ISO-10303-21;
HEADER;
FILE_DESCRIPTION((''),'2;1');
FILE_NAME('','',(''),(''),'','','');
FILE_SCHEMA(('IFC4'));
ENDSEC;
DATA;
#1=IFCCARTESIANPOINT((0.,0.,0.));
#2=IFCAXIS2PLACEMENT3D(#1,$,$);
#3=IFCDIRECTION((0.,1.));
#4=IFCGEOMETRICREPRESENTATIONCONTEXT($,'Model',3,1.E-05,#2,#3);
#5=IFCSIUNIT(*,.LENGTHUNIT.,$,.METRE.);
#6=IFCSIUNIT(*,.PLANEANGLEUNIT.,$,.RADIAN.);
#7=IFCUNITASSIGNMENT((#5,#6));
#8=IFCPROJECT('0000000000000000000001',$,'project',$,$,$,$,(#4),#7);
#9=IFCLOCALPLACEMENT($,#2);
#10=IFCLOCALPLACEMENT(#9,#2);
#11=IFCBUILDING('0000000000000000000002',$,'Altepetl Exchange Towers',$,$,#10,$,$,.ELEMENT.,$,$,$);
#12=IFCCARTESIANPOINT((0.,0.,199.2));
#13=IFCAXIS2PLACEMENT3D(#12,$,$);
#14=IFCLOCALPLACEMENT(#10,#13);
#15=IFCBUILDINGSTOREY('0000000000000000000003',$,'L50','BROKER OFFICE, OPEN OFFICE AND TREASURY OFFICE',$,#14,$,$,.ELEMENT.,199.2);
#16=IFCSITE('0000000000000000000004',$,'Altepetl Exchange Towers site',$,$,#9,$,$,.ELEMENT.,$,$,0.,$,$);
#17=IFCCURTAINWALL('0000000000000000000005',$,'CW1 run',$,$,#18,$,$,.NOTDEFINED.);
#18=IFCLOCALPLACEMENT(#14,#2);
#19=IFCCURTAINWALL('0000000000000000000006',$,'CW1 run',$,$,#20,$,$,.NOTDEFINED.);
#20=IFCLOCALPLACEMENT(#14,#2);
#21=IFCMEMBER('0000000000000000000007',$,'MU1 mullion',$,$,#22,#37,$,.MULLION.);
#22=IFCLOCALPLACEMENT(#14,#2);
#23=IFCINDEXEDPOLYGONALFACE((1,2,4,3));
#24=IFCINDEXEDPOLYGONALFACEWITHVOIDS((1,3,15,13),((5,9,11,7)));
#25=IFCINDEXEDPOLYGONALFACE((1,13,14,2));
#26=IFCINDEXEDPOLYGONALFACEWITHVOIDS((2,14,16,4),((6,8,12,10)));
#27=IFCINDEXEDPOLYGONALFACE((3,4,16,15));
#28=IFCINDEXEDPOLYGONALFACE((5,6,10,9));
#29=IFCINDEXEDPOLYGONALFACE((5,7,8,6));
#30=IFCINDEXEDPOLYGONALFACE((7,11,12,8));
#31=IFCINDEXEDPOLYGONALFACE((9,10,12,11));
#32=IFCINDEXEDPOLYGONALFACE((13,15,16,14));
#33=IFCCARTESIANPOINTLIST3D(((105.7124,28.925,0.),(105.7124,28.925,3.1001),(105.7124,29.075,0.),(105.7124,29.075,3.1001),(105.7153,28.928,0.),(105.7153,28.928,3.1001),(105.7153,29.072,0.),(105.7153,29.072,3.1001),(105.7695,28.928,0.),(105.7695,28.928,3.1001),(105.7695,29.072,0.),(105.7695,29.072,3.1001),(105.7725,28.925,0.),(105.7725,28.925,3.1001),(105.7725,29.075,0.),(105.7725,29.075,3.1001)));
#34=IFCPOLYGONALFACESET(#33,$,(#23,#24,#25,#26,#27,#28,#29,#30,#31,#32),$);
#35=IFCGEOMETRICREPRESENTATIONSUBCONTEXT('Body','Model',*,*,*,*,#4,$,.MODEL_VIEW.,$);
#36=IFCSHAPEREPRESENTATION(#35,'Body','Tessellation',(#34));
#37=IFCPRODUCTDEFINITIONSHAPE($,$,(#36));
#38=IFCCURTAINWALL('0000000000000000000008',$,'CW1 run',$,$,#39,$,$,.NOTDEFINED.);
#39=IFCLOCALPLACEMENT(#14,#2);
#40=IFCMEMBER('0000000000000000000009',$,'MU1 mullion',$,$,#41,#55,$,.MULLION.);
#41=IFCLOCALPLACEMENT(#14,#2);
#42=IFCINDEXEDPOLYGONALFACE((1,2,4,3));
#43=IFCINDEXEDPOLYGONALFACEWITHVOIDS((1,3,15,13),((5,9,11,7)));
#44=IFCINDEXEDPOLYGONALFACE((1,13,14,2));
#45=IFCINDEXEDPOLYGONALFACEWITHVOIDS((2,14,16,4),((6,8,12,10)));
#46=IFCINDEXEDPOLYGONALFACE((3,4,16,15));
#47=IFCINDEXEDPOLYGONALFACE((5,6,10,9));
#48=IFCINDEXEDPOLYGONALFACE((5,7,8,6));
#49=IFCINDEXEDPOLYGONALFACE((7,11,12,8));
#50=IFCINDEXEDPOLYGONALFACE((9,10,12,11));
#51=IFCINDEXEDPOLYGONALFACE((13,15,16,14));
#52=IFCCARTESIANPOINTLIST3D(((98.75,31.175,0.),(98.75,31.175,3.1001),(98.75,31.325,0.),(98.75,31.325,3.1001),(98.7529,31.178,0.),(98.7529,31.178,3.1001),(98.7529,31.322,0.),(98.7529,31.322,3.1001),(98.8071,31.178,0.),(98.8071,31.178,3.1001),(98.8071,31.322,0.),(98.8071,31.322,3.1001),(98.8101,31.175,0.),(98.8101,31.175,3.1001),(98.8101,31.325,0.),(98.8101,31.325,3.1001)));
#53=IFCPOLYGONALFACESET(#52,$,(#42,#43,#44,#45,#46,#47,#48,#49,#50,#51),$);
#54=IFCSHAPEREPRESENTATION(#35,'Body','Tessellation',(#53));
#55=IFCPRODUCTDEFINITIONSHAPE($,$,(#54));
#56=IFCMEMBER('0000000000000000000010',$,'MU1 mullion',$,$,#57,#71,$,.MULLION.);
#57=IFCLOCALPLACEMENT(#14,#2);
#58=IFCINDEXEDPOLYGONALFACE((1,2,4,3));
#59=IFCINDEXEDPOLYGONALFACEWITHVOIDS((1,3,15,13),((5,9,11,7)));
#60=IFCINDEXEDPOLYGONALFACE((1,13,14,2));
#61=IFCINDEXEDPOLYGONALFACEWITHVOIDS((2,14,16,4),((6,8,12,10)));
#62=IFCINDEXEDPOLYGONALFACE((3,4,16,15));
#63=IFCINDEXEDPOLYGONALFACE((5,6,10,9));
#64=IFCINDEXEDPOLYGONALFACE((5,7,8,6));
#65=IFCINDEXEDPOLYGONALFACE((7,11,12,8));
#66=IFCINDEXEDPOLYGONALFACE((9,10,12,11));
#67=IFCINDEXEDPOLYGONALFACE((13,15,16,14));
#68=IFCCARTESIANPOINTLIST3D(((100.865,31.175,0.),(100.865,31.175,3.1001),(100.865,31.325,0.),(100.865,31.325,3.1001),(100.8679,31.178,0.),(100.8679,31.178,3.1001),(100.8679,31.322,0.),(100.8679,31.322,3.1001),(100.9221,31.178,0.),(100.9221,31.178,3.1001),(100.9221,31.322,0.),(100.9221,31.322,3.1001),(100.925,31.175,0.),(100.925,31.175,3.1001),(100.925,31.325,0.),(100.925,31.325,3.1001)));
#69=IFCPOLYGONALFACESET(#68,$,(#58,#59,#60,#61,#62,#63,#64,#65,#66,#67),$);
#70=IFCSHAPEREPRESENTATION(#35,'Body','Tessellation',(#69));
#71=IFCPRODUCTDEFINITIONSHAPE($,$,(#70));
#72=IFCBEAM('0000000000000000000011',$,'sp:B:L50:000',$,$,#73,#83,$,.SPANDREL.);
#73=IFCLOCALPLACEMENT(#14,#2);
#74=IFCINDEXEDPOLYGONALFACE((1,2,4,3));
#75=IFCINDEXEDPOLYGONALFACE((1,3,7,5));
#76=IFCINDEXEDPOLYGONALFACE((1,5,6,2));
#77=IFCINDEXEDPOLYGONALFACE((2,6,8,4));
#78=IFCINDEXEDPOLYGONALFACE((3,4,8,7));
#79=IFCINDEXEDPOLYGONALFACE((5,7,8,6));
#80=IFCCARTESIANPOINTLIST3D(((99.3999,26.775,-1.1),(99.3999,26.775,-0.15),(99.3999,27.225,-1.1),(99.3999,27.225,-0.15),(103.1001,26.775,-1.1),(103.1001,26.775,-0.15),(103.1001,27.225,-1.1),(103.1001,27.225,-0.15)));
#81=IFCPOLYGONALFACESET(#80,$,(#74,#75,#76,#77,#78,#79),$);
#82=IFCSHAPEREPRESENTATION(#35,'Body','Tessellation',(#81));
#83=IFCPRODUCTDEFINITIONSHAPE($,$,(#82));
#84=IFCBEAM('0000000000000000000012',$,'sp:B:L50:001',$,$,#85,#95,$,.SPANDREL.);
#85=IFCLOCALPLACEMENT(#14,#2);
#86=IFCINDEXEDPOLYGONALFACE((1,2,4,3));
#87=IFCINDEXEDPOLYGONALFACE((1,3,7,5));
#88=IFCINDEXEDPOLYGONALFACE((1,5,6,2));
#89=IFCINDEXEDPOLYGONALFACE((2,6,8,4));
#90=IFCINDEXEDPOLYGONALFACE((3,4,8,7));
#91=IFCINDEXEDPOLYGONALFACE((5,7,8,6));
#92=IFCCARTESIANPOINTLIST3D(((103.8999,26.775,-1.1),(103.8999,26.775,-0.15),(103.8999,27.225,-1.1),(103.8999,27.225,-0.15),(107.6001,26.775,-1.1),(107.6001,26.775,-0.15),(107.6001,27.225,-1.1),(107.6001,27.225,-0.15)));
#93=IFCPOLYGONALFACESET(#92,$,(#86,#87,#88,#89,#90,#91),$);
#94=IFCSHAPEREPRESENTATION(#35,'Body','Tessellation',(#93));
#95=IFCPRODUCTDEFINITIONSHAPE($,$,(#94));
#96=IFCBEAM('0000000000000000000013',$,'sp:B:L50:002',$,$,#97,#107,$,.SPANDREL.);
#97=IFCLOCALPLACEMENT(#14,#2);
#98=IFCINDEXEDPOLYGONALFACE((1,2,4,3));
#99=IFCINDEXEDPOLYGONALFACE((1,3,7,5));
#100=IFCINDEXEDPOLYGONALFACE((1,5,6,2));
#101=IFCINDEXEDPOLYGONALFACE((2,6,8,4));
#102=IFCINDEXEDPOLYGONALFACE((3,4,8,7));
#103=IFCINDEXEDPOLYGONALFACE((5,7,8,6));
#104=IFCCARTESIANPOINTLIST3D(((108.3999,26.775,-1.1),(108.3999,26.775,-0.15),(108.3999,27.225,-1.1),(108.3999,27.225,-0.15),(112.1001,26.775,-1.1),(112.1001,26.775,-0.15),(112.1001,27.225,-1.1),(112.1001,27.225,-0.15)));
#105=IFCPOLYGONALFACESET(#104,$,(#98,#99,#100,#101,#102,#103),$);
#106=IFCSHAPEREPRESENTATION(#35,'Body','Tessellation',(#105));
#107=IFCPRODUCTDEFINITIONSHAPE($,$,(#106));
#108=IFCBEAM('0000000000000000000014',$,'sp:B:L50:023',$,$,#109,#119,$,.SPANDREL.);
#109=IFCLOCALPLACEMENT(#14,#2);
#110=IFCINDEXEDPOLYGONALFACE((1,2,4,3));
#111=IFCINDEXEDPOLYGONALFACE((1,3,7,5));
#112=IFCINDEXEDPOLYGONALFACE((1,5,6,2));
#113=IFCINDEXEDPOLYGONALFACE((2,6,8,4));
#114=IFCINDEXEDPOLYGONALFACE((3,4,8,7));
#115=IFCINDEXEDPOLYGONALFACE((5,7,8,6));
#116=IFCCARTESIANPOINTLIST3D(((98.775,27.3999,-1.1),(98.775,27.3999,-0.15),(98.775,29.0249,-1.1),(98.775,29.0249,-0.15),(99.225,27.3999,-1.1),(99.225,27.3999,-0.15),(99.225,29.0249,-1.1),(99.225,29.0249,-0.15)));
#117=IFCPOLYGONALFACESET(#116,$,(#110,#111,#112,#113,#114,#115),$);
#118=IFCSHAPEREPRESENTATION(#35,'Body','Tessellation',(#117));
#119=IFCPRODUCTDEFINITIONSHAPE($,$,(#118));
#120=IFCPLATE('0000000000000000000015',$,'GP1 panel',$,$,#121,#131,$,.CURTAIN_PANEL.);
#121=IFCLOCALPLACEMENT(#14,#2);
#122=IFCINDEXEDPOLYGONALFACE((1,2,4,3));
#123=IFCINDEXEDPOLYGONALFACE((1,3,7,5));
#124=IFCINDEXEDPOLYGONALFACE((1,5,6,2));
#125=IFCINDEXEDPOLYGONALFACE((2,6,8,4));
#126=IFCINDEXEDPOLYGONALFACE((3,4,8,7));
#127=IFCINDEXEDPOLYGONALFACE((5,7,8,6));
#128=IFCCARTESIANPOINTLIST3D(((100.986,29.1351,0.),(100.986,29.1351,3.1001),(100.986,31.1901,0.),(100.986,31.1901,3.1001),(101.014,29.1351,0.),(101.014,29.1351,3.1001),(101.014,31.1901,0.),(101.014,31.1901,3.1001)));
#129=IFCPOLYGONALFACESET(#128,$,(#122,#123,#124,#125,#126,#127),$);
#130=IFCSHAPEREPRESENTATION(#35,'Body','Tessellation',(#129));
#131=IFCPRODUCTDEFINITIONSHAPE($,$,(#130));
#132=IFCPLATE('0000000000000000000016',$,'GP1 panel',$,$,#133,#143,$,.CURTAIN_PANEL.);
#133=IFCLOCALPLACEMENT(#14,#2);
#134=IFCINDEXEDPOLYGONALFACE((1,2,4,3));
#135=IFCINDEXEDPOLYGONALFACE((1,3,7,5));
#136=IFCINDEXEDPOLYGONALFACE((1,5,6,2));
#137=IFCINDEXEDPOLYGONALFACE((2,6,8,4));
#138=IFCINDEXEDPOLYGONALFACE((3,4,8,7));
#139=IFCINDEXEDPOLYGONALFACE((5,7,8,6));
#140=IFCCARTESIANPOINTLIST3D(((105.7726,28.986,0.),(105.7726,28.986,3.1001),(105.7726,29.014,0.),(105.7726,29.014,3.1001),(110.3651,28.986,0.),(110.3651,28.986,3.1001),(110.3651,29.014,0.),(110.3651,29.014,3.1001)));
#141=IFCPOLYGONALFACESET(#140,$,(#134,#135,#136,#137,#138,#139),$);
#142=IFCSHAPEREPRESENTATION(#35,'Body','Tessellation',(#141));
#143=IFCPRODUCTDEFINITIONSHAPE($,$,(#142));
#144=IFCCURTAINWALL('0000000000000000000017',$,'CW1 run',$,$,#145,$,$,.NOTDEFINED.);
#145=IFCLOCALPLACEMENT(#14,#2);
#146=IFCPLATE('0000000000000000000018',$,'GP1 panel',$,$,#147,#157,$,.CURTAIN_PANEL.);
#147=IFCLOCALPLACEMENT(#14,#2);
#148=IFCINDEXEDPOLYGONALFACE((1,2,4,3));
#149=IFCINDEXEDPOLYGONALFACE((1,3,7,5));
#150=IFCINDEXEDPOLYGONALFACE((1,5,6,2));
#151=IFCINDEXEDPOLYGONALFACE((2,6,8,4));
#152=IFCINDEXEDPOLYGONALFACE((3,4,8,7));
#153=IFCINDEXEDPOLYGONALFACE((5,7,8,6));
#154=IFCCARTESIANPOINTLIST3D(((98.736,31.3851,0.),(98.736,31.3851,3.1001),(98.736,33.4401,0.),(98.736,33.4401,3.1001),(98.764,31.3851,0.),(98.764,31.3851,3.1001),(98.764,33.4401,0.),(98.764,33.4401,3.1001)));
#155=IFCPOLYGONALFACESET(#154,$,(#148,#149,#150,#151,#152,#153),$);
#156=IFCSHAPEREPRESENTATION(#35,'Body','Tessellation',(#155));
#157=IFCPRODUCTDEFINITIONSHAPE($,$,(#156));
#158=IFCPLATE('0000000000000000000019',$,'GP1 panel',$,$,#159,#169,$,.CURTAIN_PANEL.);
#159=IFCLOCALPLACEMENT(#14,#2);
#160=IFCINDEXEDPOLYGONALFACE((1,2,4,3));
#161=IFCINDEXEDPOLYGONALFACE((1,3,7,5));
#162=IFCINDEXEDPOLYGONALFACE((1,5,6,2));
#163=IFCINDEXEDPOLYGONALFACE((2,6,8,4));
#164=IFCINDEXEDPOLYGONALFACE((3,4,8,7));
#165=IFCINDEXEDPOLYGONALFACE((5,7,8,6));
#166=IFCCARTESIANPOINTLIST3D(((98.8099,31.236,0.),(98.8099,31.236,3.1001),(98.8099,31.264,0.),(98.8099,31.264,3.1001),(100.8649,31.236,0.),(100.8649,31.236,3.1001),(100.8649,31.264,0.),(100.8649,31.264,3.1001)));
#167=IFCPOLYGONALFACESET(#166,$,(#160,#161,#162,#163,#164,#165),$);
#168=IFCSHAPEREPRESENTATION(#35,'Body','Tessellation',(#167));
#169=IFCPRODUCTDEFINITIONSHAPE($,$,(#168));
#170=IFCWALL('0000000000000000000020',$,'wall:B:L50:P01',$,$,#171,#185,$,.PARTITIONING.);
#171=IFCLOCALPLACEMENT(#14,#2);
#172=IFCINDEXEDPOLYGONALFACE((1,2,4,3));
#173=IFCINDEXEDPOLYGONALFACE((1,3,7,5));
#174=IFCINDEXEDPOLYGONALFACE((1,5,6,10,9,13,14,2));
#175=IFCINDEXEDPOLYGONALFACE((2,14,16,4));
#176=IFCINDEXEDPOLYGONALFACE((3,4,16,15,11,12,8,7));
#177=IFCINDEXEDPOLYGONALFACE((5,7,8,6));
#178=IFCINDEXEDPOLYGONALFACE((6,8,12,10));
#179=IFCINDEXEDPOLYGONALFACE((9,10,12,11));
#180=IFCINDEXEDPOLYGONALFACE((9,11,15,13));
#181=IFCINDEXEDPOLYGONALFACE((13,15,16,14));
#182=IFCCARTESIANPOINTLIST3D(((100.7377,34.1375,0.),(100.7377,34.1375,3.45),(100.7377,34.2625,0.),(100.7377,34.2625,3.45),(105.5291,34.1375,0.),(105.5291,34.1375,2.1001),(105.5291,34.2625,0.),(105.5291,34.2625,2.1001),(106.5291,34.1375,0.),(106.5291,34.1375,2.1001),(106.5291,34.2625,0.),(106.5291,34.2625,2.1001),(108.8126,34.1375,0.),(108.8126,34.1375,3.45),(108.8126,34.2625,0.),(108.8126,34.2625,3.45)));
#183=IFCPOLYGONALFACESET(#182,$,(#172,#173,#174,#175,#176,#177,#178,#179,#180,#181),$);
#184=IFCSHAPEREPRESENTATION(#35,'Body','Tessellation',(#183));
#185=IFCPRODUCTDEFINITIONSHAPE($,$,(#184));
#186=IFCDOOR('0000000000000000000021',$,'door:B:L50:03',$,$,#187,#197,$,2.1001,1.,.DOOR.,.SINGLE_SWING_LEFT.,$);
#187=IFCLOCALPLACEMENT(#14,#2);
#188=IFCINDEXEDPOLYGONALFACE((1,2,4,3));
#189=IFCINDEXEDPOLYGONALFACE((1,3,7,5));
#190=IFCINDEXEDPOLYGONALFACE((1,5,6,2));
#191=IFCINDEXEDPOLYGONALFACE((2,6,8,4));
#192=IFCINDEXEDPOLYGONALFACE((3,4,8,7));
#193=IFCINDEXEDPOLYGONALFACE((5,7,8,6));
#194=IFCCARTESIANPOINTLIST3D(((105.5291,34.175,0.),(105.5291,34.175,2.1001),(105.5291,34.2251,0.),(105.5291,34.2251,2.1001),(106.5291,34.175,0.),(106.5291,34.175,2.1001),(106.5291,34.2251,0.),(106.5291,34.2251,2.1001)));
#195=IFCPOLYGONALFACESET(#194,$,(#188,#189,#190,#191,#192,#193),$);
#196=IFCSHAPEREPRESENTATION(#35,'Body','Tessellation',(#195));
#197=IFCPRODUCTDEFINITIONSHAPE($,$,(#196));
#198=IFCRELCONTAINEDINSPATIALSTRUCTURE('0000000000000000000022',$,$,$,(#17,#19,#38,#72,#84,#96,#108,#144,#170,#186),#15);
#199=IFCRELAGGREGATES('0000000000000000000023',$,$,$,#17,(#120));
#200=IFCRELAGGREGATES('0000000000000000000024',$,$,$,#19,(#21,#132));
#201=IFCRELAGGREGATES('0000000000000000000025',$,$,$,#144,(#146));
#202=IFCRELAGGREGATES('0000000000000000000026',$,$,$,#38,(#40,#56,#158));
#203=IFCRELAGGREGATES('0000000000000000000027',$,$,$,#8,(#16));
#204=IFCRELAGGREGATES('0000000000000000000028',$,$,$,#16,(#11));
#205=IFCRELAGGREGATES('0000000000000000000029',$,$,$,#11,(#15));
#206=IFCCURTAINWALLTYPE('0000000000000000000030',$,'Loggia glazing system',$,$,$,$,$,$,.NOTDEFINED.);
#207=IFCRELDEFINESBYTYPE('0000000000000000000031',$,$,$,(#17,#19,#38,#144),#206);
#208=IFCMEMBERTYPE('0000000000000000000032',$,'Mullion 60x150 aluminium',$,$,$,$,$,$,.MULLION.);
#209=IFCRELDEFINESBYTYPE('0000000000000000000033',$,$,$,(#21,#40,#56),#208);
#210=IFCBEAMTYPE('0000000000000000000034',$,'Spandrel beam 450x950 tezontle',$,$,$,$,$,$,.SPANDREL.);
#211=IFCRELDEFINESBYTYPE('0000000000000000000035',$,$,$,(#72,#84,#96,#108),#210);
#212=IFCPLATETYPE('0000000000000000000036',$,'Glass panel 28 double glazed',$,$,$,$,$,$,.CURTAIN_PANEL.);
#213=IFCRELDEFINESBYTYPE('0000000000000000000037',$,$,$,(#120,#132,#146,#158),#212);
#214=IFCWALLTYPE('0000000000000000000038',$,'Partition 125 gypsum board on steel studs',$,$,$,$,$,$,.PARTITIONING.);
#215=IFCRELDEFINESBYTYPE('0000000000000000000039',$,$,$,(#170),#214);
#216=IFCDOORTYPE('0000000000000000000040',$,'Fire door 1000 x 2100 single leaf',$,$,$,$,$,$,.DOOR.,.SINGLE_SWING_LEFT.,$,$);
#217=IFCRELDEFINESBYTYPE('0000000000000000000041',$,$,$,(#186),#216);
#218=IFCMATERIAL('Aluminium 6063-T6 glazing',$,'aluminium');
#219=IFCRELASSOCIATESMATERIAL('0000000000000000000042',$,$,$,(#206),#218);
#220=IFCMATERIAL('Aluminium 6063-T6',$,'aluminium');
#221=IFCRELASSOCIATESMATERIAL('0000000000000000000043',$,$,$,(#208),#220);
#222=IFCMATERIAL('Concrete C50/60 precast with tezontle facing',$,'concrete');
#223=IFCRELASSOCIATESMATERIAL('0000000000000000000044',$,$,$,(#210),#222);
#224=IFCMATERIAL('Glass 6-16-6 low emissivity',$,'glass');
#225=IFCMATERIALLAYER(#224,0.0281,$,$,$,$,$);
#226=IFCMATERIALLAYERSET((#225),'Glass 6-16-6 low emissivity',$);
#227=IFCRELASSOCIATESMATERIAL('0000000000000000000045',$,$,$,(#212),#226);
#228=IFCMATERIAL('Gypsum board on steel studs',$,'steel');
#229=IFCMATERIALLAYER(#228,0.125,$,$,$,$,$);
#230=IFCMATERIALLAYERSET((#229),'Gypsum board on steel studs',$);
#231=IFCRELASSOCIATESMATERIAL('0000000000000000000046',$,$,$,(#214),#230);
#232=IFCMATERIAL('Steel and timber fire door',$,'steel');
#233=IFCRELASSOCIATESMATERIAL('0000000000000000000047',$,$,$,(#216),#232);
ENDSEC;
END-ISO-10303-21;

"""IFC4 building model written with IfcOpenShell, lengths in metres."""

from ifc_helpers import new_model, si_unit, direction, frame, frame_2d, origin, origin_2d, place, context, subcontext, project, spatial, rectangle, hollow_rectangle, extrude, material, layer, layer_set, material_profile, profile_set, type_object, element, fill, aggregate, save


model = new_model("IFC4")

# Units and contexts
model_context = context("Model", 3, precision=1e-05, world=origin(), true_north=direction((0.0, 1.0)))
body_context = subcontext(model_context, "Body", "Model", "MODEL_VIEW")
ifc_project = project(units=[si_unit("LENGTHUNIT", "METRE"), si_unit("PLANEANGLEUNIT", "RADIAN")], contexts=[model_context])

# Site, building, storey
site_placement = place(None, origin())
site = spatial("IfcSite", under=ifc_project, at=site_placement, Name="Altepetl Exchange Towers site", CompositionType="ELEMENT", RefElevation=0.0)
building_placement = place(site_placement, origin())
building = spatial("IfcBuilding", under=site, at=building_placement, Name="Altepetl Exchange Towers", CompositionType="ELEMENT")
storey_placement = place(building_placement, frame((0.0, 0.0, 199.2)))
storey = spatial("IfcBuildingStorey", under=building, at=storey_placement, Name="L50", Description="BROKER OFFICE, OPEN OFFICE AND TREASURY OFFICE", CompositionType="ELEMENT", Elevation=199.2)

# Curtain wall
ifc_material_1 = material(Name="Aluminium 6063-T6 glazing", Category="aluminium")
curtain_wall_type = type_object("IfcCurtainWallType", Name="Loggia glazing system", PredefinedType="NOTDEFINED", material=ifc_material_1)
curtain_wall_1_placement = place(storey_placement, origin())
curtain_wall_1 = element("IfcCurtainWall", 1, at=curtain_wall_1_placement, inside=storey, type_object=curtain_wall_type, Name="CW1 run", PredefinedType="NOTDEFINED")
ifc_material_2 = material(Name="Aluminium 6063-T6", Category="aluminium")
ifc_material_profile_1 = material_profile(ifc_material_2, hollow_rectangle(XDim=0.0601, YDim=0.1499, WallThickness=0.0029, at=origin_2d()), Name="Mullion 60x150 aluminium")
ifc_profile_set_1 = profile_set([ifc_material_profile_1], Name="Aluminium 6063-T6")
member_type = type_object("IfcMemberType", Name="Mullion 60x150 aluminium", PredefinedType="MULLION", material=ifc_profile_set_1)

# Curtain wall, member
curtain_wall_2_placement = place(storey_placement, origin())
curtain_wall_2 = element("IfcCurtainWall", 2, at=curtain_wall_2_placement, inside=storey, type_object=curtain_wall_type, Name="CW1 run", PredefinedType="NOTDEFINED")
member_1_placement = place(storey_placement, frame((105.7424, 29.0, 0.0)))
member_1 = element("IfcMember", 3, at=member_1_placement, type_object=member_type, Name="MU1 mullion", PredefinedType="MULLION", context=body_context, shape_type="SweptSolid", body=[
    extrude(hollow_rectangle(XDim=0.0601, YDim=0.1499, WallThickness=0.0029, at=origin_2d()), origin(), (0.0, 0.0, 1.0), 3.1001),
])

# Curtain wall, members
curtain_wall_3_placement = place(storey_placement, origin())
curtain_wall_3 = element("IfcCurtainWall", 4, at=curtain_wall_3_placement, inside=storey, type_object=curtain_wall_type, Name="CW1 run", PredefinedType="NOTDEFINED")
member_2_placement = place(storey_placement, frame((98.78, 31.25, 0.0)))
member_2 = element("IfcMember", 5, at=member_2_placement, type_object=member_type, Name="MU1 mullion", PredefinedType="MULLION", context=body_context, shape_type="SweptSolid", body=[
    extrude(hollow_rectangle(XDim=0.0601, YDim=0.1499, WallThickness=0.0029, at=origin_2d()), origin(), (0.0, 0.0, 1.0), 3.1001),
])
member_3_placement = place(storey_placement, frame((100.895, 31.25, 0.0)))
member_3 = element("IfcMember", 6, at=member_3_placement, type_object=member_type, Name="MU1 mullion", PredefinedType="MULLION", context=body_context, shape_type="SweptSolid", body=[
    extrude(hollow_rectangle(XDim=0.0601, YDim=0.1499, WallThickness=0.0029, at=origin_2d()), origin(), (0.0, 0.0, 1.0), 3.1001),
])

# Beams
ifc_material_3 = material(Name="Concrete C50/60 precast with tezontle facing", Category="concrete")
ifc_material_profile_2 = material_profile(ifc_material_3, rectangle(XDim=0.45, YDim=0.95, at=origin_2d()), Name="450 x 950")
ifc_profile_set_2 = profile_set([ifc_material_profile_2], Name="Concrete C50/60 precast with tezontle facing")
beam_type_1 = type_object("IfcBeamType", Name="Spandrel beam 450x950 tezontle", PredefinedType="SPANDREL", material=ifc_profile_set_2)
for number, where, z_axis, x_axis, name in (
    (7, (99.3999, 27.0, -0.625), (1.0, 0.0, 0.0), (0.0, 1.0, 0.0), "sp:B:L50:000"),
    (8, (103.8999, 27.0, -0.625), (1.0, 0.0, 0.0), (0.0, 1.0, 0.0), "sp:B:L50:001"),
    (9, (108.3999, 27.0, -0.625), (1.0, 0.0, 0.0), (0.0, 1.0, 0.0), "sp:B:L50:002"),
):
    element("IfcBeam", number, at=place(storey_placement, frame(where, z_axis=z_axis, x_axis=x_axis)), inside=storey, type_object=beam_type_1, Name=name, PredefinedType="SPANDREL", context=body_context, shape_type="SweptSolid", body=[
        extrude(rectangle(XDim=0.45, YDim=0.95, at=origin_2d()), origin(), (0.0, 0.0, 1.0), 3.7002),
    ])
beam_1_placement = place(storey_placement, frame((99.0, 29.0249, -0.625), z_axis=(0.0, -1.0, 0.0), x_axis=(1.0, 0.0, 0.0)))
element("IfcBeam", 10, at=beam_1_placement, inside=storey, type_object=beam_type_1, Name="sp:B:L50:023", PredefinedType="SPANDREL", context=body_context, shape_type="SweptSolid", body=[
    extrude(rectangle(XDim=0.45, YDim=0.95, at=origin_2d()), origin(), (0.0, 0.0, 1.0), 1.625),
])

# Plates
ifc_material_4 = material(Name="Glass 6-16-6 low emissivity", Category="glass")
ifc_layer_1 = layer(ifc_material_4, 0.0281)
ifc_layer_set_1 = layer_set([ifc_layer_1], Name="Glass 6-16-6 low emissivity")
plate_type = type_object("IfcPlateType", Name="Glass panel 28 double glazed", PredefinedType="CURTAIN_PANEL", material=ifc_layer_set_1)
plate_1_placement = place(storey_placement, frame((101.0, 30.1626, 0.0), z_axis=(0.0, 0.0, 1.0), x_axis=(0.0, -1.0, 0.0)))
plate_1 = element("IfcPlate", 11, at=plate_1_placement, type_object=plate_type, Name="GP1 panel", PredefinedType="CURTAIN_PANEL", context=body_context, shape_type="SweptSolid", body=[
    extrude(rectangle(XDim=2.0549, YDim=0.0281, at=origin_2d()), origin(), (0.0, 0.0, 1.0), 3.1001),
])
aggregate(curtain_wall_1, [plate_1])
plate_2_placement = place(storey_placement, frame((108.0688, 29.0, 0.0)))
plate_2 = element("IfcPlate", 12, at=plate_2_placement, type_object=plate_type, Name="GP1 panel", PredefinedType="CURTAIN_PANEL", context=body_context, shape_type="SweptSolid", body=[
    extrude(rectangle(XDim=4.5925, YDim=0.0281, at=origin_2d()), origin(), (0.0, 0.0, 1.0), 3.1001),
])
aggregate(curtain_wall_2, [member_1, plate_2])

# Curtain wall, plate
curtain_wall_4_placement = place(storey_placement, origin())
curtain_wall_4 = element("IfcCurtainWall", 13, at=curtain_wall_4_placement, inside=storey, type_object=curtain_wall_type, Name="CW1 run", PredefinedType="NOTDEFINED")
plate_3_placement = place(storey_placement, frame((98.75, 32.4126, 0.0), z_axis=(0.0, 0.0, 1.0), x_axis=(0.0, -1.0, 0.0)))
plate_3 = element("IfcPlate", 14, at=plate_3_placement, type_object=plate_type, Name="GP1 panel", PredefinedType="CURTAIN_PANEL", context=body_context, shape_type="SweptSolid", body=[
    extrude(rectangle(XDim=2.0549, YDim=0.0281, at=origin_2d()), origin(), (0.0, 0.0, 1.0), 3.1001),
])
aggregate(curtain_wall_4, [plate_3])

# Plate
plate_4_placement = place(storey_placement, frame((99.8374, 31.25, 0.0)))
plate_4 = element("IfcPlate", 15, at=plate_4_placement, type_object=plate_type, Name="GP1 panel", PredefinedType="CURTAIN_PANEL", context=body_context, shape_type="SweptSolid", body=[
    extrude(rectangle(XDim=2.0549, YDim=0.0281, at=origin_2d()), origin(), (0.0, 0.0, 1.0), 3.1001),
])
aggregate(curtain_wall_3, [member_2, member_3, plate_4])

# Wall, opening, door
ifc_material_5 = material(Name="Gypsum board on steel studs", Category="steel")
ifc_layer_2 = layer(ifc_material_5, 0.125)
ifc_layer_set_2 = layer_set([ifc_layer_2], Name="Gypsum board on steel studs")
wall_type_1 = type_object("IfcWallType", Name="Partition 125 gypsum board on steel studs", PredefinedType="PARTITIONING", material=ifc_layer_set_2)
wall_1_placement = place(storey_placement, frame((100.7375, 34.2, 0.0)))
wall_1 = element("IfcWall", 16, at=wall_1_placement, inside=storey, type_object=wall_type_1, Name="wall:B:L50:P01", PredefinedType="PARTITIONING", context=body_context, shape_type="SweptSolid", body=[
    extrude(rectangle(XDim=8.075, YDim=0.125, at=frame_2d((4.0376, 0.0))), origin(), (0.0, 0.0, 1.0), 3.45),
])
opening_1_placement = place(wall_1_placement, frame((4.7915, 0.0, 0.0)))
opening_1 = element("IfcOpeningElement", 17, at=opening_1_placement, cuts=wall_1, PredefinedType="OPENING", context=body_context, shape_type="SweptSolid", body=[
    extrude(rectangle(XDim=1.0, YDim=2.1001, at=frame_2d((0.5, 1.05))), frame((0.0, 0.0725, 0.0), z_axis=(0.0, -1.0, 0.0), x_axis=(1.0, 0.0, 0.0)), (0.0, 0.0, 1.0), 0.145),
])
ifc_material_6 = material(Name="Steel and timber fire door", Category="steel")
door_type_1 = type_object("IfcDoorType", Name="Fire door 1000 x 2100 single leaf", OperationType="SINGLE_SWING_LEFT", PredefinedType="DOOR", material=ifc_material_6)
door_1_placement = place(opening_1_placement, frame((1.0, 0.0, 0.0), x_axis=(-1.0, 0.0, 0.0)))
door_1 = element("IfcDoor", 18, at=door_1_placement, inside=storey, type_object=door_type_1, Name="door:B:L50:03", OperationType="SINGLE_SWING_LEFT", OverallHeight=2.1001, OverallWidth=1.0, PredefinedType="DOOR", context=body_context, shape_type="SweptSolid", body=[
    extrude(rectangle(XDim=1.0, YDim=2.1001, at=frame_2d((0.5, 1.05))), frame((0.0, 0.0249, 0.0), z_axis=(0.0, -1.0, 0.0), x_axis=(1.0, 0.0, 0.0)), (0.0, 0.0, 1.0), 0.05),
])
fill(opening_1, door_1)

save(model, "model.ifc")
